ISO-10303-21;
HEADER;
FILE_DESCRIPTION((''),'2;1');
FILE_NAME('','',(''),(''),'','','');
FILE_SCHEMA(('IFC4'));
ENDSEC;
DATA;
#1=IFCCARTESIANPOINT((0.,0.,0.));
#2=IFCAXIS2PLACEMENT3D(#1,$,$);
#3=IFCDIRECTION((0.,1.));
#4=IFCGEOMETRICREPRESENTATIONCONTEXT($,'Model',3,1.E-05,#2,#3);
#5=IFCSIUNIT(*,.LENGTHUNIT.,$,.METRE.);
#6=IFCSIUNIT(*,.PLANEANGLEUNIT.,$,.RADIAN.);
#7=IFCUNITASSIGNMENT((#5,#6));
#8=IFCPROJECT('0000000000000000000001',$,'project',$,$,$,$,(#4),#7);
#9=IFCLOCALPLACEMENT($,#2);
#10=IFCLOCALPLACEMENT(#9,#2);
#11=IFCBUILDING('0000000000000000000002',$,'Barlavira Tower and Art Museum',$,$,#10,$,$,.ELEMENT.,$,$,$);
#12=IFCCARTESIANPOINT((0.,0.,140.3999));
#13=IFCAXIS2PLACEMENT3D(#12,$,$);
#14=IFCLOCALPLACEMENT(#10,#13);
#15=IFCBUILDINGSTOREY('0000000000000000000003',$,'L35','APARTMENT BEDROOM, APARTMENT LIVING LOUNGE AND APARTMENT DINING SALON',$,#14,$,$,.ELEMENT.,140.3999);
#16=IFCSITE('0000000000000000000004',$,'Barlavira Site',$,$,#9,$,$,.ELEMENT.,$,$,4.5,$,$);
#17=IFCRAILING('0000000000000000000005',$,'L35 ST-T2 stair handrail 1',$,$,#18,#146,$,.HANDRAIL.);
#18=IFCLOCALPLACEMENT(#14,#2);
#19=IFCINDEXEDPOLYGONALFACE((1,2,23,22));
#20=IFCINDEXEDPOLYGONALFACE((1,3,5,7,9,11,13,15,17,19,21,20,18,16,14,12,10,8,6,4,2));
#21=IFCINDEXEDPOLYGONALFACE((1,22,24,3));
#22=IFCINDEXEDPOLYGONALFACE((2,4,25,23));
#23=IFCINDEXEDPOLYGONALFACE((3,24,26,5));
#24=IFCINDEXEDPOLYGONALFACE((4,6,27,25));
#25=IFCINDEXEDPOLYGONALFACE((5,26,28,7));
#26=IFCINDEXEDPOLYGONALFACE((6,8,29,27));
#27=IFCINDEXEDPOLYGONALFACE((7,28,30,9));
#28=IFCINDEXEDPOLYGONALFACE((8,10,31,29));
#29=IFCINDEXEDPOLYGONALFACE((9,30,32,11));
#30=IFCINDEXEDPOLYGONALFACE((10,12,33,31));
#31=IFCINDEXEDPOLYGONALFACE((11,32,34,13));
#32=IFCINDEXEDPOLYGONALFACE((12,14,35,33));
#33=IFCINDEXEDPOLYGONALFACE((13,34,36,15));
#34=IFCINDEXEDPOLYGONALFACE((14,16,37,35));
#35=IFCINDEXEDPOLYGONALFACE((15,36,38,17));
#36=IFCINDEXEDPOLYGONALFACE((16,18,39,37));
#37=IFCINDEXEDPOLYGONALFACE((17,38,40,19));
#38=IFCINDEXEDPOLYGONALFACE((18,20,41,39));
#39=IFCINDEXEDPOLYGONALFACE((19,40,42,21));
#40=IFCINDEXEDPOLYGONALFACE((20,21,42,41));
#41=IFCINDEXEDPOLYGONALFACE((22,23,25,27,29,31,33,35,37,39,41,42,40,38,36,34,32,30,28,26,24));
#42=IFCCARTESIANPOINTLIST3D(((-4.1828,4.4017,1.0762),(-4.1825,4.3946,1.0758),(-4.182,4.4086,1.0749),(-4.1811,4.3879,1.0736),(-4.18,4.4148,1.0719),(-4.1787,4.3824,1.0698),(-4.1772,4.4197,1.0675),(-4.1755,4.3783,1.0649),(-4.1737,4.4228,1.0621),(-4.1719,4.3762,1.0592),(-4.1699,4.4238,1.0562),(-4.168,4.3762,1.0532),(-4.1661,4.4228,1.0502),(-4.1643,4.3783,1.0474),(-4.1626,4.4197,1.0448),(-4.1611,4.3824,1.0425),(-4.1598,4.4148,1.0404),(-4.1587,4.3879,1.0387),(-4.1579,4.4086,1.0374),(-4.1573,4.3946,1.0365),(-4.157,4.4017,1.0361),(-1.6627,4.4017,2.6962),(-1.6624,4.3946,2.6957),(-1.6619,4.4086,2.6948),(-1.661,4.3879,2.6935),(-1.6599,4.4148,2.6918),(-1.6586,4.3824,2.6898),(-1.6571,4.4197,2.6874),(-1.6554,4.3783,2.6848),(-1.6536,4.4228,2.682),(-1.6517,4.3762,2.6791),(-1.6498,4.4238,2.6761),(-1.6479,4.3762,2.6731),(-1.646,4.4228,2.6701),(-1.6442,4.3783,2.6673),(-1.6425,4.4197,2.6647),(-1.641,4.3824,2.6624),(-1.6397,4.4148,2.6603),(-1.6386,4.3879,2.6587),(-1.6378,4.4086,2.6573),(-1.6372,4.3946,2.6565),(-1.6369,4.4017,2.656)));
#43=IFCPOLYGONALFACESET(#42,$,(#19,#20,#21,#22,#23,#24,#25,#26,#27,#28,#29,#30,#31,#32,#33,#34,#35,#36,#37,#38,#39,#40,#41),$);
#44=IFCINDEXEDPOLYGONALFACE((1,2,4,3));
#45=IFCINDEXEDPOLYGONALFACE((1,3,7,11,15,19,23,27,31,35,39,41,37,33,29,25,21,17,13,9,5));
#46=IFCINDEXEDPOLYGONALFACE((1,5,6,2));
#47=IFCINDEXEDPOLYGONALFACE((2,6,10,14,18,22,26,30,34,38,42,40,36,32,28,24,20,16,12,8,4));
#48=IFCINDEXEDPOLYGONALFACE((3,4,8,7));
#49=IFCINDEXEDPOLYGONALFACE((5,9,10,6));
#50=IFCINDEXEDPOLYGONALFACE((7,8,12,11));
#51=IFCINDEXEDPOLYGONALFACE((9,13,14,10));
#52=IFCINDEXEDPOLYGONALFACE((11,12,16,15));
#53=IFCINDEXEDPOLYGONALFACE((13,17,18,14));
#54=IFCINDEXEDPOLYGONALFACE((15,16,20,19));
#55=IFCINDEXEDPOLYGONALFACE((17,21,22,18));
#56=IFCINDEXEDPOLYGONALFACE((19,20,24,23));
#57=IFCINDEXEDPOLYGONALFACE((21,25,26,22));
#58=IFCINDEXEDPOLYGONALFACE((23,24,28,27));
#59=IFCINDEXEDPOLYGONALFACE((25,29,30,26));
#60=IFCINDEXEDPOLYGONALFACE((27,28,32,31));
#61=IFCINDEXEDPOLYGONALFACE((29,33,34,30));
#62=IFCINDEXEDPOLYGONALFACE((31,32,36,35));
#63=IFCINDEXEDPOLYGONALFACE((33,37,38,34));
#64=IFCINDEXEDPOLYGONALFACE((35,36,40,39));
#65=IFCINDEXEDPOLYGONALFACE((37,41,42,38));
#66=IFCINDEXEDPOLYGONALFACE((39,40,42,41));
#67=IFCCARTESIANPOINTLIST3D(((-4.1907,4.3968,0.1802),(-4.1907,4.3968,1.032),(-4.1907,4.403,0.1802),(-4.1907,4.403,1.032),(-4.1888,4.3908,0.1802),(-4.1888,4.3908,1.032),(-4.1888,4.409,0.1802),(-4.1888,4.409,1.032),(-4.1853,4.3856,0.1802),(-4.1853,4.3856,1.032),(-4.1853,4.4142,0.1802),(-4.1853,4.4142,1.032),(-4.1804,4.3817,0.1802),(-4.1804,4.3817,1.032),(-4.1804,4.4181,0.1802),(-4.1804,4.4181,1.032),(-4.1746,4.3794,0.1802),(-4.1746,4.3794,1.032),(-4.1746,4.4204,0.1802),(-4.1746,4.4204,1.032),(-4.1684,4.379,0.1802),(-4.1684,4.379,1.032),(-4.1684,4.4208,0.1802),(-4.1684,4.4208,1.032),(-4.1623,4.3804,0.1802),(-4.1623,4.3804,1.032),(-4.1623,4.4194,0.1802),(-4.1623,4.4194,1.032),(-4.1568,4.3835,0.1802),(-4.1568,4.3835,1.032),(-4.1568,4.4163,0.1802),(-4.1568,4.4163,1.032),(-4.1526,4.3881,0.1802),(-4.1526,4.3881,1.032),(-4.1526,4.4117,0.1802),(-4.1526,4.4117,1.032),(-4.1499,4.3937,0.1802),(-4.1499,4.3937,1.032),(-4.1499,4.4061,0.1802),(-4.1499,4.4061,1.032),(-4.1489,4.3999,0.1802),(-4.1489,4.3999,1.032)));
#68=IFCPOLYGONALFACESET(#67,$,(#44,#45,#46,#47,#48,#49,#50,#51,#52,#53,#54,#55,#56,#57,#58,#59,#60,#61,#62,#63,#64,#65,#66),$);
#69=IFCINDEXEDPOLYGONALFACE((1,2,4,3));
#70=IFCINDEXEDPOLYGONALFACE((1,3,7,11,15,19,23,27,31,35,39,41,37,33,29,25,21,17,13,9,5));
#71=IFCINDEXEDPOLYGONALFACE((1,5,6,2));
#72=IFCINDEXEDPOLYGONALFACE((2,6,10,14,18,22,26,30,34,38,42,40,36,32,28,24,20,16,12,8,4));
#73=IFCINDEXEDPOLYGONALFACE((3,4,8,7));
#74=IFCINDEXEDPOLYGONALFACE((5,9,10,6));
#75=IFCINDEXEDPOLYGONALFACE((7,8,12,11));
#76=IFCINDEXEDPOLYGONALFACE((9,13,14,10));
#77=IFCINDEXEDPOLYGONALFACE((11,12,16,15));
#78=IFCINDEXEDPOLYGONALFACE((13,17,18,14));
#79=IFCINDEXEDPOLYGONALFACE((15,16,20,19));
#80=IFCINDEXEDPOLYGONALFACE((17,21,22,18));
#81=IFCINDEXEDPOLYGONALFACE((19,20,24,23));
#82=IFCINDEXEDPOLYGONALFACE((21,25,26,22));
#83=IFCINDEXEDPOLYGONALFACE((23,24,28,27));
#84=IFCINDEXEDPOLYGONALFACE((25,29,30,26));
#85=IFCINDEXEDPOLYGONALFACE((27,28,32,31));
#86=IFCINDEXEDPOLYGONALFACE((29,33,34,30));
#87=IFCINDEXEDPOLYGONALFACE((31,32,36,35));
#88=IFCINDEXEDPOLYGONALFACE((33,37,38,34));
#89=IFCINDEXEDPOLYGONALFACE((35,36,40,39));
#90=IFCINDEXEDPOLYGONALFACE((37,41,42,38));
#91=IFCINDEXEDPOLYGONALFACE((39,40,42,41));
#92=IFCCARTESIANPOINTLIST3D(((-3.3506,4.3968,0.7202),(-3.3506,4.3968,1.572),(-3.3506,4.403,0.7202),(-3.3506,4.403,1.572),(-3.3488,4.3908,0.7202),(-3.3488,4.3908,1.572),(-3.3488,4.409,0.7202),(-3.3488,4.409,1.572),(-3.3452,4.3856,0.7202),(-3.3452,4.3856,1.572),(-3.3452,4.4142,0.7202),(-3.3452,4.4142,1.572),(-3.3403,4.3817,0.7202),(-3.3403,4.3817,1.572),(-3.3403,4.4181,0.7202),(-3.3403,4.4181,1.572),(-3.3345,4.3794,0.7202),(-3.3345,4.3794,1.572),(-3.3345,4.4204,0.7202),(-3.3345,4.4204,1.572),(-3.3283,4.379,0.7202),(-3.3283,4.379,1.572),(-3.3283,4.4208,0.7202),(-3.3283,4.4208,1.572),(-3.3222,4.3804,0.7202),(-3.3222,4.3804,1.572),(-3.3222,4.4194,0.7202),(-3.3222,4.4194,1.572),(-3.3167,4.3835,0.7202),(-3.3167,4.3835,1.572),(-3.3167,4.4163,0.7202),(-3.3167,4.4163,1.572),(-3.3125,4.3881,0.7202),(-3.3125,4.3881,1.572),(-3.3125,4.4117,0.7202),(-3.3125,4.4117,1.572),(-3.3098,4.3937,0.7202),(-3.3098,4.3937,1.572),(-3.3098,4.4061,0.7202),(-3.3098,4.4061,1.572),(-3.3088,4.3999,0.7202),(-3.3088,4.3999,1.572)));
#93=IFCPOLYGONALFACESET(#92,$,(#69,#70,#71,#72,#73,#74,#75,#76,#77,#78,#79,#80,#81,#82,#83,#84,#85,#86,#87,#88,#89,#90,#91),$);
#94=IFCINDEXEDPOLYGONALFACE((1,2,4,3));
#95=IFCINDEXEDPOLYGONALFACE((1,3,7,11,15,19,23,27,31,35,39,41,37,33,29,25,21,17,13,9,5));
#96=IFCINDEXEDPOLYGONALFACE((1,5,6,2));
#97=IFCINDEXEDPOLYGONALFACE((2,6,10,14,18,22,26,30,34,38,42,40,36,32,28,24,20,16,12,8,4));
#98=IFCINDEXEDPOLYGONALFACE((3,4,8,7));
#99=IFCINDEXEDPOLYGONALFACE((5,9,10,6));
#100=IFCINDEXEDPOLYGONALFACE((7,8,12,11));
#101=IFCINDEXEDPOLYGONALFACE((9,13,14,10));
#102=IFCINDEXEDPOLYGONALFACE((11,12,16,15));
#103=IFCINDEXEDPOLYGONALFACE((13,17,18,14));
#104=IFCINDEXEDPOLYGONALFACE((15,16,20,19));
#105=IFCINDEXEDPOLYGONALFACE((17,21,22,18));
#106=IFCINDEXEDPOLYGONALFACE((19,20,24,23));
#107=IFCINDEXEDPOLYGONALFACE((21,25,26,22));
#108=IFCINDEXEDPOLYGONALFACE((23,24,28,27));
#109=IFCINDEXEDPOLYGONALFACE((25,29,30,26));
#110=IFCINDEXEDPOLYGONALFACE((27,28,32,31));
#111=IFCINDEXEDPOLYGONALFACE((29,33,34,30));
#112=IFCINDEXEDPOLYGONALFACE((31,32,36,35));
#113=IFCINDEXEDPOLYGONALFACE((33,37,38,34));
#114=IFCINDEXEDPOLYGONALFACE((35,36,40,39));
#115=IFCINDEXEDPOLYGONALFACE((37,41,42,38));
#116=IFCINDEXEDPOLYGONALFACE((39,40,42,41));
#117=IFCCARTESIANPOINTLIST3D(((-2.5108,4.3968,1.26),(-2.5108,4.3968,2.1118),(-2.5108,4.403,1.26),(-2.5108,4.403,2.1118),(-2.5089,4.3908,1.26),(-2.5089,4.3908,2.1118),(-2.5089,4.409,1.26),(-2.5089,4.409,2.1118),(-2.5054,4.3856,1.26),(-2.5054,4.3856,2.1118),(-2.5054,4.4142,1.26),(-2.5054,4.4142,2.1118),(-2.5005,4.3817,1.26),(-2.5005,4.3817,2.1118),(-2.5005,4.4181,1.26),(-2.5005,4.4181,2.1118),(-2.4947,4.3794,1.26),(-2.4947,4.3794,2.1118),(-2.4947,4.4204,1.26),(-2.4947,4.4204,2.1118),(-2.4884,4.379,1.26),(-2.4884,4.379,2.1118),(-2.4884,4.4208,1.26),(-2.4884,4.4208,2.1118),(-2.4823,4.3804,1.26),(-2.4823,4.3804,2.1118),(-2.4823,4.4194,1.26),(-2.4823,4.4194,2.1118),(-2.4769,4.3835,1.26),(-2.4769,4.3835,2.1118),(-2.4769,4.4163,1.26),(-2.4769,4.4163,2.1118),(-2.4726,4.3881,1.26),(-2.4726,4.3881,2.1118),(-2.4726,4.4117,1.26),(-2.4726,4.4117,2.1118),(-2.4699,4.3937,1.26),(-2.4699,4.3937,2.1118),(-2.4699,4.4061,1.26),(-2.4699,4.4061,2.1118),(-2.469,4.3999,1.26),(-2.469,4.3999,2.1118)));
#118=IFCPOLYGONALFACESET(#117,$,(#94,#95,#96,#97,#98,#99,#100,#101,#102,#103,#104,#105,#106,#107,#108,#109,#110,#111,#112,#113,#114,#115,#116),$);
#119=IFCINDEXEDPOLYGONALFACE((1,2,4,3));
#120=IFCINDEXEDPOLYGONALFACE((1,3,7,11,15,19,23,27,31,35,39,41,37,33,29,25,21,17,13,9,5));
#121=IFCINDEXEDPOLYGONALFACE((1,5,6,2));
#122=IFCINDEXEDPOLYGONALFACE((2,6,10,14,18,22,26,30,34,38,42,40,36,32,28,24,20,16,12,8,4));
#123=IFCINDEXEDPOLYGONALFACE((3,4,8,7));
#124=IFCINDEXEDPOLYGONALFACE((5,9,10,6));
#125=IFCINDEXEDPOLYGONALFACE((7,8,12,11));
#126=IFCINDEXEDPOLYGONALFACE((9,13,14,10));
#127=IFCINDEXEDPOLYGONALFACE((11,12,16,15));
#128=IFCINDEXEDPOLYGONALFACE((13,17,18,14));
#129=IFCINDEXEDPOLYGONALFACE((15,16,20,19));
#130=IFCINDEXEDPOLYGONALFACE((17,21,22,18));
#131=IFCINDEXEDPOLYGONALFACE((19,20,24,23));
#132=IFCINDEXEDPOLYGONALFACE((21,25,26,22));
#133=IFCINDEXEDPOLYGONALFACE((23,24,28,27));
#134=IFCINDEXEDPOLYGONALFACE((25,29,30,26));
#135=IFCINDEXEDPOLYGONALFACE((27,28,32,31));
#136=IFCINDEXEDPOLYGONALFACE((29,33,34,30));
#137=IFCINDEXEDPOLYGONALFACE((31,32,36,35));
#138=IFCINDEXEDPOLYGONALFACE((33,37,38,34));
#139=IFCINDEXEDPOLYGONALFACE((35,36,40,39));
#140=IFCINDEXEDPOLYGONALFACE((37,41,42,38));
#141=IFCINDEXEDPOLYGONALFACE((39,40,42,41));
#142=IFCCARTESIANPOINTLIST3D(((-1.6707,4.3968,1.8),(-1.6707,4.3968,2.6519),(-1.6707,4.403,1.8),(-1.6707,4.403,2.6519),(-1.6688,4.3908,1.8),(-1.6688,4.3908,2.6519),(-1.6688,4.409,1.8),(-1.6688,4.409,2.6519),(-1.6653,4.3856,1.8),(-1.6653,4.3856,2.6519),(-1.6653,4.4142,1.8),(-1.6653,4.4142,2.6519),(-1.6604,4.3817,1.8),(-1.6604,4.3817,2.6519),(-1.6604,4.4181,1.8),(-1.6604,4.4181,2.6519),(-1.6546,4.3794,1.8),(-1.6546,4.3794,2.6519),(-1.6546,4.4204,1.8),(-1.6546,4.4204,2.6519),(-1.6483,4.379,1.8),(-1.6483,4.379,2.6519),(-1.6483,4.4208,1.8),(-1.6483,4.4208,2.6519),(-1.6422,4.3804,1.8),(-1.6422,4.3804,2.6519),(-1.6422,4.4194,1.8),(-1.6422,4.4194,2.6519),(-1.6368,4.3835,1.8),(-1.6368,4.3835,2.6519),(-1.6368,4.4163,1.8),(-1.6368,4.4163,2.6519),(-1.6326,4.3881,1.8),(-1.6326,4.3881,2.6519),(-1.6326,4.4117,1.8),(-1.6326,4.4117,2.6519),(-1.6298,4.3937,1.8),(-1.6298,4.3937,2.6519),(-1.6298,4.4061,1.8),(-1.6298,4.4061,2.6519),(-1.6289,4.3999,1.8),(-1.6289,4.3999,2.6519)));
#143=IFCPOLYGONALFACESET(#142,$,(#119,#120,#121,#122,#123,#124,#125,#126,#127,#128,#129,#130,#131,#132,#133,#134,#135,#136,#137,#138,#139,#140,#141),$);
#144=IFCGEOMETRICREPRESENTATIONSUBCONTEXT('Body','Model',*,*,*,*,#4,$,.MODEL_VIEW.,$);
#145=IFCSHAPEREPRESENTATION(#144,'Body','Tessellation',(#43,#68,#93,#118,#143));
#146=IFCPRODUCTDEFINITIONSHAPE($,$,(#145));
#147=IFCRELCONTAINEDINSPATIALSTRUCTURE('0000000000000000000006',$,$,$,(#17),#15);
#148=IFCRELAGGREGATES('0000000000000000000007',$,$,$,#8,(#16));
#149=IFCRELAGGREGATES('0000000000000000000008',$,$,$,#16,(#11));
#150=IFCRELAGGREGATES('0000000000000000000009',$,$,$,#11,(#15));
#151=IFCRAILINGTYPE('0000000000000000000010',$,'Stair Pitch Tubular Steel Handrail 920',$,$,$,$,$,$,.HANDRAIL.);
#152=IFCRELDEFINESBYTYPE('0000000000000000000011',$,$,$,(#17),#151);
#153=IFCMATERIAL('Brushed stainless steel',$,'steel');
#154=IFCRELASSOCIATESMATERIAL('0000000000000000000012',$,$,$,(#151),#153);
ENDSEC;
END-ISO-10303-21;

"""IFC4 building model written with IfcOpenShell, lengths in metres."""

from ifc_helpers import new_model, si_unit, direction, frame, origin, origin_2d, place, context, subcontext, project, spatial, circle, extrude, material, type_object, element, save


model = new_model("IFC4")

# Units and contexts
model_context = context("Model", 3, precision=1e-05, world=origin(), true_north=direction((0.0, 1.0)))
body_context = subcontext(model_context, "Body", "Model", "MODEL_VIEW")
ifc_project = project(units=[si_unit("LENGTHUNIT", "METRE"), si_unit("PLANEANGLEUNIT", "RADIAN")], contexts=[model_context])

# Site, building, storey
site_placement = place(None, origin())
site = spatial("IfcSite", under=ifc_project, at=site_placement, Name="Barlavira Site", CompositionType="ELEMENT", RefElevation=4.5)
building_placement = place(site_placement, origin())
building = spatial("IfcBuilding", under=site, at=building_placement, Name="Barlavira Tower and Art Museum", CompositionType="ELEMENT")
storey_placement = place(building_placement, frame((0.0, 0.0, 140.3999)))
storey = spatial("IfcBuildingStorey", under=building, at=storey_placement, Name="L35", Description="APARTMENT BEDROOM, APARTMENT LIVING LOUNGE AND APARTMENT DINING SALON", CompositionType="ELEMENT", Elevation=140.3999)

# Shared definitions
ifc_material_1 = material(Name="Brushed stainless steel", Category="steel")

# Railing
railing_type_1 = type_object("IfcRailingType", Name="Stair Pitch Tubular Steel Handrail 920", PredefinedType="HANDRAIL", material=ifc_material_1)
railing_1_placement = place(storey_placement, frame((-4.1699, 4.3999, 0.1802)))
element("IfcRailing", 1, at=railing_1_placement, inside=storey, type_object=railing_type_1, Name="L35 ST-T2 stair handrail 1", PredefinedType="HANDRAIL", context=body_context, shape_type="SweptSolid", body=[
    extrude(circle(Radius=0.0239, at=origin_2d()), frame((0.0, 0.0, 0.876), z_axis=(0.8412, 0.0, 0.540725), x_axis=(0.0, 1.0, 0.0)), (0.0, 0.0, 1.0), 2.9958),
    extrude(circle(Radius=0.021, at=origin_2d()), origin(), (0.0, 0.0, 1.0), 0.8518),
    extrude(circle(Radius=0.021, at=origin_2d()), frame((0.8401, 0.0, 0.54)), (0.0, 0.0, 1.0), 0.8518),
    extrude(circle(Radius=0.021, at=origin_2d()), frame((1.6799, 0.0, 1.0798)), (0.0, 0.0, 1.0), 0.8518),
    extrude(circle(Radius=0.021, at=origin_2d()), frame((2.52, 0.0, 1.6199)), (0.0, 0.0, 1.0), 0.8518),
])

save(model, "model.ifc")
